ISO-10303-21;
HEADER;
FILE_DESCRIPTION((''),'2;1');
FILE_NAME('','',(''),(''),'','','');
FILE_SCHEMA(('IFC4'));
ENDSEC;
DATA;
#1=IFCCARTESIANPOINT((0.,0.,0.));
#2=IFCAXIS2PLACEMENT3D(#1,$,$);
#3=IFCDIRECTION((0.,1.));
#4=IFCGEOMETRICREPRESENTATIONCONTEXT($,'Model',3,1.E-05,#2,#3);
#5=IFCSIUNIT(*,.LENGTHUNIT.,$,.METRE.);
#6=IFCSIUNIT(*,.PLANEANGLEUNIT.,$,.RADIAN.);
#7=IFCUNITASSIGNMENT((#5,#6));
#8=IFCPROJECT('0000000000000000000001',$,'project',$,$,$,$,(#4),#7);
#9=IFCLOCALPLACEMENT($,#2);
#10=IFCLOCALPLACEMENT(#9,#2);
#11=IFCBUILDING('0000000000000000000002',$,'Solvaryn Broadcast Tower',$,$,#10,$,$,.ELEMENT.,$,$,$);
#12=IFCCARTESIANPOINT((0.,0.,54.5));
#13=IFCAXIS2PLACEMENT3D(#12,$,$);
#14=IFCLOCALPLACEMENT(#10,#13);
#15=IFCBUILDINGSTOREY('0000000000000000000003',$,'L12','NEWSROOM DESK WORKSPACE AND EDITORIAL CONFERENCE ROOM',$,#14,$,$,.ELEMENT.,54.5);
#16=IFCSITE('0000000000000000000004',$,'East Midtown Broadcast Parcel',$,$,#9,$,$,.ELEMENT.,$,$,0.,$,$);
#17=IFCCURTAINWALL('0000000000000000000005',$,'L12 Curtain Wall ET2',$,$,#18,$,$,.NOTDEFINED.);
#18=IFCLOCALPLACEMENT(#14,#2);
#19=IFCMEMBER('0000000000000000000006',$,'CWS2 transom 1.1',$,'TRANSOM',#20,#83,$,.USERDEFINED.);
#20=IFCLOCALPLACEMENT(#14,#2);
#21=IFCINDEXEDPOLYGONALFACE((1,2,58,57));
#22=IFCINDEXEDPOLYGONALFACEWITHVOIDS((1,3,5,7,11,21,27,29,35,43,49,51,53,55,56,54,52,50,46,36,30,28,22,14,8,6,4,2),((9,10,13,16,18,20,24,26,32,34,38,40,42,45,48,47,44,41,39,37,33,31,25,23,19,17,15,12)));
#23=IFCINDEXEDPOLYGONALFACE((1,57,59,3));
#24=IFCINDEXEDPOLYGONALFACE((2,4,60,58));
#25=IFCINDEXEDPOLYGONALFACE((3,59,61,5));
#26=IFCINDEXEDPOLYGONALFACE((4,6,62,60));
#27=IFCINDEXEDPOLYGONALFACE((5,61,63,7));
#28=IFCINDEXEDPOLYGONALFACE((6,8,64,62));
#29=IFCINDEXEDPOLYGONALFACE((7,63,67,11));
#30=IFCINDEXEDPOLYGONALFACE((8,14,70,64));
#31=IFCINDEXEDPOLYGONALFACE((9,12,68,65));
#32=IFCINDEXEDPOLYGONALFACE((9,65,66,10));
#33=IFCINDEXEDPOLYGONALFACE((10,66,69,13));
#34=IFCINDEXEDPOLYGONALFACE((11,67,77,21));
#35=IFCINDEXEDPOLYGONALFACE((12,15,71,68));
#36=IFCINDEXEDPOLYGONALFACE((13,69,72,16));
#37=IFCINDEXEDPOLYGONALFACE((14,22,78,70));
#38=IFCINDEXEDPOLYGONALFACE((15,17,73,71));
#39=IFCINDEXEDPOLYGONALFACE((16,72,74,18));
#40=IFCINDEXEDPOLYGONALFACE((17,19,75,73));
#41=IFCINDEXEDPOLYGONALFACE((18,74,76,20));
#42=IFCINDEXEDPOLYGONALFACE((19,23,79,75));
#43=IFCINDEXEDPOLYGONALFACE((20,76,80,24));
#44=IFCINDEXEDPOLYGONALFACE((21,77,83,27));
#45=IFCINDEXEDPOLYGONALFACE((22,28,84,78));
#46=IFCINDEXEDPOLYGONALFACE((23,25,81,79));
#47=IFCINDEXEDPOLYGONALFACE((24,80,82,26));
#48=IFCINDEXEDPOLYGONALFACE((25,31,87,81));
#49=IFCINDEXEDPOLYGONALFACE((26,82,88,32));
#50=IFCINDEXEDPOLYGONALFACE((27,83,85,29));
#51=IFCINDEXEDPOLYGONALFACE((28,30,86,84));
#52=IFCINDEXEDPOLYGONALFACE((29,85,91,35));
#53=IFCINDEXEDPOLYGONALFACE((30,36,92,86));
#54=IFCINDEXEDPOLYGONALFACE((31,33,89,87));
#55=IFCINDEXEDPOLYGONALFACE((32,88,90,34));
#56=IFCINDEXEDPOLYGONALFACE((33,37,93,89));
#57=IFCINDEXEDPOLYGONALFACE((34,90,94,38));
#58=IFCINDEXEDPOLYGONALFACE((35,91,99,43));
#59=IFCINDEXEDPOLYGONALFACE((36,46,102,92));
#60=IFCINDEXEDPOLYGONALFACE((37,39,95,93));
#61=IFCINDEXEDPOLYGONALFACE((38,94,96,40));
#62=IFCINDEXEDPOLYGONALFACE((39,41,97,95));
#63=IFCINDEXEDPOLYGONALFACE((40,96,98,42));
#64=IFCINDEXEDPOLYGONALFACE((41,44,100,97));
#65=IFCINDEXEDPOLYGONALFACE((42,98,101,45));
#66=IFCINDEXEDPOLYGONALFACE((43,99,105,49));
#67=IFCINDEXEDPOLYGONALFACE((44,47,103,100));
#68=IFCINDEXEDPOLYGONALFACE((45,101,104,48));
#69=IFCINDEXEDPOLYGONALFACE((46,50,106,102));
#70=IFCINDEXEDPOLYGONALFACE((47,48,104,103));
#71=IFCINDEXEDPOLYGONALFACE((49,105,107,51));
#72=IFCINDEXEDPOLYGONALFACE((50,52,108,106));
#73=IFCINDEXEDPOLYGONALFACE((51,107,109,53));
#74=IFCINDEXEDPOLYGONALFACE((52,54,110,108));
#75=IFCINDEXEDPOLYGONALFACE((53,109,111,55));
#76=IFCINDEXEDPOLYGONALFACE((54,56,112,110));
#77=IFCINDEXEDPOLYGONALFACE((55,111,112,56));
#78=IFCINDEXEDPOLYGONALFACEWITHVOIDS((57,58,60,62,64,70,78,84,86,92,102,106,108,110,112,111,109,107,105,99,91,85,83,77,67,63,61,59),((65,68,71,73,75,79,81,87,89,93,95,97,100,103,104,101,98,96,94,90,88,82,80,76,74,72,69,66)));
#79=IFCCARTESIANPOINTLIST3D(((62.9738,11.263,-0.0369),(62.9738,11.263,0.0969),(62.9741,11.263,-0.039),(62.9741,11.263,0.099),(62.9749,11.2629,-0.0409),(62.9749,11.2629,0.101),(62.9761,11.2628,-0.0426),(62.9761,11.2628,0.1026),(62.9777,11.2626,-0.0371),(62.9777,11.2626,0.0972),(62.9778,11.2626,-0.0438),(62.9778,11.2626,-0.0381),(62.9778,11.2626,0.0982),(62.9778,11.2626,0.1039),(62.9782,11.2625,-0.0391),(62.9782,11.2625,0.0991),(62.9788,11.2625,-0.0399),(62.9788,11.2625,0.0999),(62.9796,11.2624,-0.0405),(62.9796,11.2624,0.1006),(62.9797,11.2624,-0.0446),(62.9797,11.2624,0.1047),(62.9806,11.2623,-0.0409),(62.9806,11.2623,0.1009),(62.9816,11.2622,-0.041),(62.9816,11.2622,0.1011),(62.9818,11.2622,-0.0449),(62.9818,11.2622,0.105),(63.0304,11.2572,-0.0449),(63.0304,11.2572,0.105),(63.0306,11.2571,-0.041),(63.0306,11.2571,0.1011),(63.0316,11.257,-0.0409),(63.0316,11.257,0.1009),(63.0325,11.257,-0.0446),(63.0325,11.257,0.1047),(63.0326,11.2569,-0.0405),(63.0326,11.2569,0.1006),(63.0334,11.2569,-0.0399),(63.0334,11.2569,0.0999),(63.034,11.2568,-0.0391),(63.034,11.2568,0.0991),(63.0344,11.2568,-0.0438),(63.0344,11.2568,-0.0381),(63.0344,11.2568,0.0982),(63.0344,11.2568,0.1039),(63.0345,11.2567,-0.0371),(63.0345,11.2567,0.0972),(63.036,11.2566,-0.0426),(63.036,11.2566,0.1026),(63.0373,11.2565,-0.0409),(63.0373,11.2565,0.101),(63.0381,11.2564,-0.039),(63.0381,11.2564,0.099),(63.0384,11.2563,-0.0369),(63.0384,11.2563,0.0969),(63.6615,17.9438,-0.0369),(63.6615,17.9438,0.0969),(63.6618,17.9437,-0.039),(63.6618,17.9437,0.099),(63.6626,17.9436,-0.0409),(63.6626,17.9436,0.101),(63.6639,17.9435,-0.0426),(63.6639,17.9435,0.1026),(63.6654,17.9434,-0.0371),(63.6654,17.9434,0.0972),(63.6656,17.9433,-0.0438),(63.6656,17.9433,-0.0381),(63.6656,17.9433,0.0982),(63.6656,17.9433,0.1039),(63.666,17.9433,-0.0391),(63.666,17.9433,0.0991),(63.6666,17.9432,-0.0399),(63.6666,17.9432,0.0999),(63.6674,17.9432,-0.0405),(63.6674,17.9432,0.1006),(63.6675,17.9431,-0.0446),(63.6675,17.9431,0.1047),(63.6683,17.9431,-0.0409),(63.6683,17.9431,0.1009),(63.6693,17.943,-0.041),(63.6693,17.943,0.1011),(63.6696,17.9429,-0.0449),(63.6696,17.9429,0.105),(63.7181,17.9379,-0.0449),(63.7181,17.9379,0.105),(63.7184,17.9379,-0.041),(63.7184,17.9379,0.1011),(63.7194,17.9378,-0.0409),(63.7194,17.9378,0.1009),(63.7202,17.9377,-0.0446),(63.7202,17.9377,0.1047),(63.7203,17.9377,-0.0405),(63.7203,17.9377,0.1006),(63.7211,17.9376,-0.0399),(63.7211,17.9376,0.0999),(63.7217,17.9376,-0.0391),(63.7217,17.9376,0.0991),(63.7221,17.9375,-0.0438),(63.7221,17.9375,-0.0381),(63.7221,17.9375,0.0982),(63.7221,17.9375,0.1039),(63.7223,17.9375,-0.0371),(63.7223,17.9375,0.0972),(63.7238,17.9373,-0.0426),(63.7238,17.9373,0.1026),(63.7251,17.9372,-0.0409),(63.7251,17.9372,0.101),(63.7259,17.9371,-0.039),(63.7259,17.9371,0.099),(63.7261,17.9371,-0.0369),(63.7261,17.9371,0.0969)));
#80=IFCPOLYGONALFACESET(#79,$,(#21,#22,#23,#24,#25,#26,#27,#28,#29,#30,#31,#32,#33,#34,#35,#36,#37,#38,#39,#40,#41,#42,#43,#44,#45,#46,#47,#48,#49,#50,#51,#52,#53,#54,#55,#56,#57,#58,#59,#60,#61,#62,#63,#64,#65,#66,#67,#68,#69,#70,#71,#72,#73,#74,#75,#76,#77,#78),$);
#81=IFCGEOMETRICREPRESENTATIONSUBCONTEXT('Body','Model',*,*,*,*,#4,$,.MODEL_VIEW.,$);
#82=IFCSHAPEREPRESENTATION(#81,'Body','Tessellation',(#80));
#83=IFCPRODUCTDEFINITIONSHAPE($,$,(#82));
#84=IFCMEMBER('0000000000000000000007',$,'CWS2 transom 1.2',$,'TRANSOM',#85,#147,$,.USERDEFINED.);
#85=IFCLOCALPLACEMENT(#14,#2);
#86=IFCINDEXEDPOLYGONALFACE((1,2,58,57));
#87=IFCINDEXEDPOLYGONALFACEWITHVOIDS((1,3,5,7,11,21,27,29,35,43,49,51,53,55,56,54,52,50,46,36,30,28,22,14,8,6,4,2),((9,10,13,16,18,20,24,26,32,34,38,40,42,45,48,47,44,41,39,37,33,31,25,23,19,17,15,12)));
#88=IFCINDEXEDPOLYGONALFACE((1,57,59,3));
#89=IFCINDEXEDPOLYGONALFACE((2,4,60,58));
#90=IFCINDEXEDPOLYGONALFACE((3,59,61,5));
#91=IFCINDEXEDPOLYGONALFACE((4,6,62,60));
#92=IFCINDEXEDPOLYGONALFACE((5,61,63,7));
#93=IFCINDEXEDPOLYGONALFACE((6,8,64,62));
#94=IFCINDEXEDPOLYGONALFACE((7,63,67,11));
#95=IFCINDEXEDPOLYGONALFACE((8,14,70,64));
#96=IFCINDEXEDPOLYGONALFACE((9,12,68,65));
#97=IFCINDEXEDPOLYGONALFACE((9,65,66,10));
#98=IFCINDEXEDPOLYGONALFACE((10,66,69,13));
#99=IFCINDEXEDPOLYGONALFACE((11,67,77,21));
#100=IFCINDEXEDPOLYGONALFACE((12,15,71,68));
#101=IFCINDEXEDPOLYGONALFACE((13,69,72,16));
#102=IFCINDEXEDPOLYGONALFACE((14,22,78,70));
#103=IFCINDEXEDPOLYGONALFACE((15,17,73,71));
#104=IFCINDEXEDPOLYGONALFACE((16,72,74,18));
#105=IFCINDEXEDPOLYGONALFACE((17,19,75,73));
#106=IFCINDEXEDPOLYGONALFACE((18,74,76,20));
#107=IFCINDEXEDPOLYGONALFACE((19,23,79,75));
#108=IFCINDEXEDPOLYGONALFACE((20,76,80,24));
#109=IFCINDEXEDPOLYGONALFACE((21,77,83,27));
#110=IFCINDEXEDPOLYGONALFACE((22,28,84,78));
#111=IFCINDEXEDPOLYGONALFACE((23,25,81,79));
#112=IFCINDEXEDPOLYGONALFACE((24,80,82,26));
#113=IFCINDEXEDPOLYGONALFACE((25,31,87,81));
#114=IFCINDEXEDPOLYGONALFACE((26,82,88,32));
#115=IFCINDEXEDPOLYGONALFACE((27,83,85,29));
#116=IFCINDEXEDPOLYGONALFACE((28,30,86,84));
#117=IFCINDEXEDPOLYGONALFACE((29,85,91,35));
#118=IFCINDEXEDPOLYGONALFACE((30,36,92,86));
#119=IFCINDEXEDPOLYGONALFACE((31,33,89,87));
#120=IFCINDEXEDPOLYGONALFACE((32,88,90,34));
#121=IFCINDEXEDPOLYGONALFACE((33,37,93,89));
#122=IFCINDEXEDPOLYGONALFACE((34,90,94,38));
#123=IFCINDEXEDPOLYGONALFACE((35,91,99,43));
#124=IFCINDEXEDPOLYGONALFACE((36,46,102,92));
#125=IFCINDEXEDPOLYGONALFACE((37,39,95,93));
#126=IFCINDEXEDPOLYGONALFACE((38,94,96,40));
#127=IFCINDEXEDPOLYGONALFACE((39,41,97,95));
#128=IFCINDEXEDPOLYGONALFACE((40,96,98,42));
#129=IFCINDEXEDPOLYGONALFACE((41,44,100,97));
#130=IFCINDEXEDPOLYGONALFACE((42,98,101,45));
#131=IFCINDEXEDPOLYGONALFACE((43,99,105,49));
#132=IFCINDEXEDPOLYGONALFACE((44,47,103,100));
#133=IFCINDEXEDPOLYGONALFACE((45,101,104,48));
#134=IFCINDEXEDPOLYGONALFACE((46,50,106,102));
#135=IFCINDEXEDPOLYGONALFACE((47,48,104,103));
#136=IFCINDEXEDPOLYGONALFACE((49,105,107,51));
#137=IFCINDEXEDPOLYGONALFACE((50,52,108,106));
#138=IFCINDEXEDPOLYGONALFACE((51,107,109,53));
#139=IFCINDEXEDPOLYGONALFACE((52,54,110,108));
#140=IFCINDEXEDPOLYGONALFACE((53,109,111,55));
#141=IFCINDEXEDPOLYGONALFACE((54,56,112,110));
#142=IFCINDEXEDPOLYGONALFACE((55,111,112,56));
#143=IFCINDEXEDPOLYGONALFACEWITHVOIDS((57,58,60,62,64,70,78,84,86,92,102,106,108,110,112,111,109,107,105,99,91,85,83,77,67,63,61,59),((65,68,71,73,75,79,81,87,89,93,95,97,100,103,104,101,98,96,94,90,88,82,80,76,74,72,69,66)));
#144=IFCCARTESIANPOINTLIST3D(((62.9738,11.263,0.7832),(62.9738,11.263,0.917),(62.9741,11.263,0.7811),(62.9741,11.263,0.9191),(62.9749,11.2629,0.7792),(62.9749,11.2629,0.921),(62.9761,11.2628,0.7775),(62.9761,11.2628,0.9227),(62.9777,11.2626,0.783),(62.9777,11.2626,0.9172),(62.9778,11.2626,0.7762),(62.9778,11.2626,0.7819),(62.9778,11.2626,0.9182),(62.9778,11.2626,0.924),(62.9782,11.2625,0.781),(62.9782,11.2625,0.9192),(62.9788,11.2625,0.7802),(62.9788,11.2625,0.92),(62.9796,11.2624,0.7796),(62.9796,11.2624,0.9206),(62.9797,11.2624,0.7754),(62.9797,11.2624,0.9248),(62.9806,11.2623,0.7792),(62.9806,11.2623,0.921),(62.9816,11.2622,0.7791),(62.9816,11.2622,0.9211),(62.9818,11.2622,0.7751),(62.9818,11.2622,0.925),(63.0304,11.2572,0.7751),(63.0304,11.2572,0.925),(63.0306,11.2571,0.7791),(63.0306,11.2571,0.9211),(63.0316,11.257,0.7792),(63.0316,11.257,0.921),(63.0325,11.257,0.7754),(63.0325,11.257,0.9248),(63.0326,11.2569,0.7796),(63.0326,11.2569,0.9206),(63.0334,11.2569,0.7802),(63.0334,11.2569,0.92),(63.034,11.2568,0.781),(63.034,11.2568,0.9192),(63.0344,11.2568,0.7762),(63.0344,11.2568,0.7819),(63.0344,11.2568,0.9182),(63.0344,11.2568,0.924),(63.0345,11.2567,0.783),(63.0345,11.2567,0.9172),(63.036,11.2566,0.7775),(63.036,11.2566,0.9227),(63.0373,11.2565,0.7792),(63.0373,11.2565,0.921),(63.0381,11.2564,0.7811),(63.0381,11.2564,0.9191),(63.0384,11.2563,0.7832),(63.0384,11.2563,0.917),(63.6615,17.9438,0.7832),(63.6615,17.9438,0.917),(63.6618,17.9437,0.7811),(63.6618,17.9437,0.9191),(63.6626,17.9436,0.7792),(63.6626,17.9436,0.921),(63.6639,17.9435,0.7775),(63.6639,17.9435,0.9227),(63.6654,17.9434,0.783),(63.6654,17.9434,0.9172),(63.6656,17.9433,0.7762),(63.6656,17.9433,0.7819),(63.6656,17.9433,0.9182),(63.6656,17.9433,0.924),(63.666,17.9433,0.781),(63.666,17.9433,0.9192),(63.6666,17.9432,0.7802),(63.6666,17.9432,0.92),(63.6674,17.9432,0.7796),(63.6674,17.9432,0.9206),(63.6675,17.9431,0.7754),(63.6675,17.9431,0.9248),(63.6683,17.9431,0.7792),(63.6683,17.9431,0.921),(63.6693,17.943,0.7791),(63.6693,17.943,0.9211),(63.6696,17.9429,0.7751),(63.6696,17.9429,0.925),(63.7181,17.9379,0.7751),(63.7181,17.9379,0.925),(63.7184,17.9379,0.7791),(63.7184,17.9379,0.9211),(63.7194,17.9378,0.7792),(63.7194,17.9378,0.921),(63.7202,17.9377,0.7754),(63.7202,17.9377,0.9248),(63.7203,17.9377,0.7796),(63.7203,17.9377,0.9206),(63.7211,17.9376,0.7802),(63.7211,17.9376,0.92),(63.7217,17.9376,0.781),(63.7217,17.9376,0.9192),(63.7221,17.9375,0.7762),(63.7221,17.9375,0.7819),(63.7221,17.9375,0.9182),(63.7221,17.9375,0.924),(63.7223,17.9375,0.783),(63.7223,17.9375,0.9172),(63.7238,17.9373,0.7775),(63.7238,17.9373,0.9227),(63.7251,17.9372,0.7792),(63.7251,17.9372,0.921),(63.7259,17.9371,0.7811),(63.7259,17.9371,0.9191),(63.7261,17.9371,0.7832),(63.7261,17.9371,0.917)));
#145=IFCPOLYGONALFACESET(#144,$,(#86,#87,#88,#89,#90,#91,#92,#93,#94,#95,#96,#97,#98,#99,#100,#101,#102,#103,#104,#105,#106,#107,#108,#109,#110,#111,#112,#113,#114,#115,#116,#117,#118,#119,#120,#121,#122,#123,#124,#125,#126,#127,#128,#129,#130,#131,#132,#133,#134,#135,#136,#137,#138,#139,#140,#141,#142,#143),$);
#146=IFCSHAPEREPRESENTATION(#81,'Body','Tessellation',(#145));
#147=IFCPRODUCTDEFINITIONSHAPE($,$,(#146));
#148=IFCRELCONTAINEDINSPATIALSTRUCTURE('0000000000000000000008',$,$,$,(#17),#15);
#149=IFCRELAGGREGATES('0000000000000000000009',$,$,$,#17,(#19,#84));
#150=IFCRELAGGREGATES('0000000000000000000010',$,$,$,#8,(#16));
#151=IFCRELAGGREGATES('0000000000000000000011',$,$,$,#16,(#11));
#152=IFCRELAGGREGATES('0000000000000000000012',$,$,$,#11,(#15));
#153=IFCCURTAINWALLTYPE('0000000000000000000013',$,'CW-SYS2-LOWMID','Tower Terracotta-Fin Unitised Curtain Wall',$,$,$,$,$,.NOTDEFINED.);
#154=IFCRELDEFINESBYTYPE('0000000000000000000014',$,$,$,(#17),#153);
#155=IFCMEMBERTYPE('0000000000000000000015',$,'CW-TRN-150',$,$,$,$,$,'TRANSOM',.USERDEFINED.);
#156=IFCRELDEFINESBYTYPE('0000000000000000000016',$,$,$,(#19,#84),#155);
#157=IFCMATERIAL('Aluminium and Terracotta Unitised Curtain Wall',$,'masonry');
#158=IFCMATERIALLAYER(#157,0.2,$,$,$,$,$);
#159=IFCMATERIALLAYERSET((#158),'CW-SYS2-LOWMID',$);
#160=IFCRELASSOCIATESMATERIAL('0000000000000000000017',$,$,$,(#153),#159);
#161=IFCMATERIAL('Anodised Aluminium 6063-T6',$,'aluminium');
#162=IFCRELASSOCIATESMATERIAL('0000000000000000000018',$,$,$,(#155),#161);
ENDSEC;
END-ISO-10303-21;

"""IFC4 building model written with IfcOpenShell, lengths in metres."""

from ifc_helpers import new_model, si_unit, direction, frame, origin, origin_2d, place, context, subcontext, project, spatial, hollow_rectangle, extrude, material, layer, layer_set, material_profile, profile_set, type_object, element, aggregate, save


model = new_model("IFC4")

# Units and contexts
model_context = context("Model", 3, precision=1e-05, world=origin(), true_north=direction((0.0, 1.0)))
body_context = subcontext(model_context, "Body", "Model", "MODEL_VIEW")
ifc_project = project(units=[si_unit("LENGTHUNIT", "METRE"), si_unit("PLANEANGLEUNIT", "RADIAN")], contexts=[model_context])

# Site, building, storey
site_placement = place(None, origin())
site = spatial("IfcSite", under=ifc_project, at=site_placement, Name="East Midtown Broadcast Parcel", CompositionType="ELEMENT", RefElevation=0.0)
building_placement = place(site_placement, origin())
building = spatial("IfcBuilding", under=site, at=building_placement, Name="Solvaryn Broadcast Tower", CompositionType="ELEMENT")
storey_placement = place(building_placement, frame((0.0, 0.0, 54.5)))
storey = spatial("IfcBuildingStorey", under=building, at=storey_placement, Name="L12", Description="NEWSROOM DESK WORKSPACE AND EDITORIAL CONFERENCE ROOM", CompositionType="ELEMENT", Elevation=54.5)

# Shared definitions
ifc_material_1 = material(Name="Aluminium and Terracotta Unitised Curtain Wall", Category="masonry")
ifc_layer_1 = layer(ifc_material_1, 0.2)
ifc_layer_set_1 = layer_set([ifc_layer_1], Name="CW-SYS2-LOWMID")
curtain_wall_type = type_object("IfcCurtainWallType", Name="CW-SYS2-LOWMID", Description="Tower Terracotta-Fin Unitised Curtain Wall", PredefinedType="NOTDEFINED", material=ifc_layer_set_1)

# Curtain wall, members
curtain_wall_1_placement = place(storey_placement, origin())
curtain_wall_1 = element("IfcCurtainWall", 1, at=curtain_wall_1_placement, inside=storey, type_object=curtain_wall_type, Name="L12 Curtain Wall ET2", PredefinedType="NOTDEFINED")
ifc_material_2 = material(Name="Anodised Aluminium 6063-T6", Category="aluminium")
ifc_material_profile_1 = material_profile(ifc_material_2, hollow_rectangle(XDim=0.0649, YDim=0.1499, WallThickness=0.0039, InnerFilletRadius=0.0039, OuterFilletRadius=0.0081, at=origin_2d()))
ifc_profile_set_1 = profile_set([ifc_material_profile_1], Name="Anodised Aluminium 6063-T6")
member_type_1 = type_object("IfcMemberType", Name="CW-TRN-150", ElementType="TRANSOM", PredefinedType="USERDEFINED", material=ifc_profile_set_1)
member_1_placement = place(storey_placement, frame((63.6938, 17.9404, 0.03), z_axis=(-0.102404, -0.994743, 0.0), x_axis=(0.994743, -0.102404, 0.0)))
member_1 = element("IfcMember", 2, at=member_1_placement, type_object=member_type_1, Name="CWS2 transom 1.1", ObjectType="TRANSOM", PredefinedType="USERDEFINED", context=body_context, shape_type="SweptSolid", body=[
    extrude(hollow_rectangle(XDim=0.0649, YDim=0.1499, WallThickness=0.0039, InnerFilletRadius=0.0039, OuterFilletRadius=0.0081, at=origin_2d()), origin(), (0.0, 0.0, 1.0), 6.7161),
])
member_2_placement = place(storey_placement, frame((63.6938, 17.9404, 0.8501), z_axis=(-0.102404, -0.994743, 0.0), x_axis=(0.994743, -0.102404, 0.0)))
member_2 = element("IfcMember", 3, at=member_2_placement, type_object=member_type_1, Name="CWS2 transom 1.2", ObjectType="TRANSOM", PredefinedType="USERDEFINED", context=body_context, shape_type="SweptSolid", body=[
    extrude(hollow_rectangle(XDim=0.0649, YDim=0.1499, WallThickness=0.0039, InnerFilletRadius=0.0039, OuterFilletRadius=0.0081, at=origin_2d()), origin(), (0.0, 0.0, 1.0), 6.7161),
])
aggregate(curtain_wall_1, [member_1, member_2])

save(model, "model.ifc")
